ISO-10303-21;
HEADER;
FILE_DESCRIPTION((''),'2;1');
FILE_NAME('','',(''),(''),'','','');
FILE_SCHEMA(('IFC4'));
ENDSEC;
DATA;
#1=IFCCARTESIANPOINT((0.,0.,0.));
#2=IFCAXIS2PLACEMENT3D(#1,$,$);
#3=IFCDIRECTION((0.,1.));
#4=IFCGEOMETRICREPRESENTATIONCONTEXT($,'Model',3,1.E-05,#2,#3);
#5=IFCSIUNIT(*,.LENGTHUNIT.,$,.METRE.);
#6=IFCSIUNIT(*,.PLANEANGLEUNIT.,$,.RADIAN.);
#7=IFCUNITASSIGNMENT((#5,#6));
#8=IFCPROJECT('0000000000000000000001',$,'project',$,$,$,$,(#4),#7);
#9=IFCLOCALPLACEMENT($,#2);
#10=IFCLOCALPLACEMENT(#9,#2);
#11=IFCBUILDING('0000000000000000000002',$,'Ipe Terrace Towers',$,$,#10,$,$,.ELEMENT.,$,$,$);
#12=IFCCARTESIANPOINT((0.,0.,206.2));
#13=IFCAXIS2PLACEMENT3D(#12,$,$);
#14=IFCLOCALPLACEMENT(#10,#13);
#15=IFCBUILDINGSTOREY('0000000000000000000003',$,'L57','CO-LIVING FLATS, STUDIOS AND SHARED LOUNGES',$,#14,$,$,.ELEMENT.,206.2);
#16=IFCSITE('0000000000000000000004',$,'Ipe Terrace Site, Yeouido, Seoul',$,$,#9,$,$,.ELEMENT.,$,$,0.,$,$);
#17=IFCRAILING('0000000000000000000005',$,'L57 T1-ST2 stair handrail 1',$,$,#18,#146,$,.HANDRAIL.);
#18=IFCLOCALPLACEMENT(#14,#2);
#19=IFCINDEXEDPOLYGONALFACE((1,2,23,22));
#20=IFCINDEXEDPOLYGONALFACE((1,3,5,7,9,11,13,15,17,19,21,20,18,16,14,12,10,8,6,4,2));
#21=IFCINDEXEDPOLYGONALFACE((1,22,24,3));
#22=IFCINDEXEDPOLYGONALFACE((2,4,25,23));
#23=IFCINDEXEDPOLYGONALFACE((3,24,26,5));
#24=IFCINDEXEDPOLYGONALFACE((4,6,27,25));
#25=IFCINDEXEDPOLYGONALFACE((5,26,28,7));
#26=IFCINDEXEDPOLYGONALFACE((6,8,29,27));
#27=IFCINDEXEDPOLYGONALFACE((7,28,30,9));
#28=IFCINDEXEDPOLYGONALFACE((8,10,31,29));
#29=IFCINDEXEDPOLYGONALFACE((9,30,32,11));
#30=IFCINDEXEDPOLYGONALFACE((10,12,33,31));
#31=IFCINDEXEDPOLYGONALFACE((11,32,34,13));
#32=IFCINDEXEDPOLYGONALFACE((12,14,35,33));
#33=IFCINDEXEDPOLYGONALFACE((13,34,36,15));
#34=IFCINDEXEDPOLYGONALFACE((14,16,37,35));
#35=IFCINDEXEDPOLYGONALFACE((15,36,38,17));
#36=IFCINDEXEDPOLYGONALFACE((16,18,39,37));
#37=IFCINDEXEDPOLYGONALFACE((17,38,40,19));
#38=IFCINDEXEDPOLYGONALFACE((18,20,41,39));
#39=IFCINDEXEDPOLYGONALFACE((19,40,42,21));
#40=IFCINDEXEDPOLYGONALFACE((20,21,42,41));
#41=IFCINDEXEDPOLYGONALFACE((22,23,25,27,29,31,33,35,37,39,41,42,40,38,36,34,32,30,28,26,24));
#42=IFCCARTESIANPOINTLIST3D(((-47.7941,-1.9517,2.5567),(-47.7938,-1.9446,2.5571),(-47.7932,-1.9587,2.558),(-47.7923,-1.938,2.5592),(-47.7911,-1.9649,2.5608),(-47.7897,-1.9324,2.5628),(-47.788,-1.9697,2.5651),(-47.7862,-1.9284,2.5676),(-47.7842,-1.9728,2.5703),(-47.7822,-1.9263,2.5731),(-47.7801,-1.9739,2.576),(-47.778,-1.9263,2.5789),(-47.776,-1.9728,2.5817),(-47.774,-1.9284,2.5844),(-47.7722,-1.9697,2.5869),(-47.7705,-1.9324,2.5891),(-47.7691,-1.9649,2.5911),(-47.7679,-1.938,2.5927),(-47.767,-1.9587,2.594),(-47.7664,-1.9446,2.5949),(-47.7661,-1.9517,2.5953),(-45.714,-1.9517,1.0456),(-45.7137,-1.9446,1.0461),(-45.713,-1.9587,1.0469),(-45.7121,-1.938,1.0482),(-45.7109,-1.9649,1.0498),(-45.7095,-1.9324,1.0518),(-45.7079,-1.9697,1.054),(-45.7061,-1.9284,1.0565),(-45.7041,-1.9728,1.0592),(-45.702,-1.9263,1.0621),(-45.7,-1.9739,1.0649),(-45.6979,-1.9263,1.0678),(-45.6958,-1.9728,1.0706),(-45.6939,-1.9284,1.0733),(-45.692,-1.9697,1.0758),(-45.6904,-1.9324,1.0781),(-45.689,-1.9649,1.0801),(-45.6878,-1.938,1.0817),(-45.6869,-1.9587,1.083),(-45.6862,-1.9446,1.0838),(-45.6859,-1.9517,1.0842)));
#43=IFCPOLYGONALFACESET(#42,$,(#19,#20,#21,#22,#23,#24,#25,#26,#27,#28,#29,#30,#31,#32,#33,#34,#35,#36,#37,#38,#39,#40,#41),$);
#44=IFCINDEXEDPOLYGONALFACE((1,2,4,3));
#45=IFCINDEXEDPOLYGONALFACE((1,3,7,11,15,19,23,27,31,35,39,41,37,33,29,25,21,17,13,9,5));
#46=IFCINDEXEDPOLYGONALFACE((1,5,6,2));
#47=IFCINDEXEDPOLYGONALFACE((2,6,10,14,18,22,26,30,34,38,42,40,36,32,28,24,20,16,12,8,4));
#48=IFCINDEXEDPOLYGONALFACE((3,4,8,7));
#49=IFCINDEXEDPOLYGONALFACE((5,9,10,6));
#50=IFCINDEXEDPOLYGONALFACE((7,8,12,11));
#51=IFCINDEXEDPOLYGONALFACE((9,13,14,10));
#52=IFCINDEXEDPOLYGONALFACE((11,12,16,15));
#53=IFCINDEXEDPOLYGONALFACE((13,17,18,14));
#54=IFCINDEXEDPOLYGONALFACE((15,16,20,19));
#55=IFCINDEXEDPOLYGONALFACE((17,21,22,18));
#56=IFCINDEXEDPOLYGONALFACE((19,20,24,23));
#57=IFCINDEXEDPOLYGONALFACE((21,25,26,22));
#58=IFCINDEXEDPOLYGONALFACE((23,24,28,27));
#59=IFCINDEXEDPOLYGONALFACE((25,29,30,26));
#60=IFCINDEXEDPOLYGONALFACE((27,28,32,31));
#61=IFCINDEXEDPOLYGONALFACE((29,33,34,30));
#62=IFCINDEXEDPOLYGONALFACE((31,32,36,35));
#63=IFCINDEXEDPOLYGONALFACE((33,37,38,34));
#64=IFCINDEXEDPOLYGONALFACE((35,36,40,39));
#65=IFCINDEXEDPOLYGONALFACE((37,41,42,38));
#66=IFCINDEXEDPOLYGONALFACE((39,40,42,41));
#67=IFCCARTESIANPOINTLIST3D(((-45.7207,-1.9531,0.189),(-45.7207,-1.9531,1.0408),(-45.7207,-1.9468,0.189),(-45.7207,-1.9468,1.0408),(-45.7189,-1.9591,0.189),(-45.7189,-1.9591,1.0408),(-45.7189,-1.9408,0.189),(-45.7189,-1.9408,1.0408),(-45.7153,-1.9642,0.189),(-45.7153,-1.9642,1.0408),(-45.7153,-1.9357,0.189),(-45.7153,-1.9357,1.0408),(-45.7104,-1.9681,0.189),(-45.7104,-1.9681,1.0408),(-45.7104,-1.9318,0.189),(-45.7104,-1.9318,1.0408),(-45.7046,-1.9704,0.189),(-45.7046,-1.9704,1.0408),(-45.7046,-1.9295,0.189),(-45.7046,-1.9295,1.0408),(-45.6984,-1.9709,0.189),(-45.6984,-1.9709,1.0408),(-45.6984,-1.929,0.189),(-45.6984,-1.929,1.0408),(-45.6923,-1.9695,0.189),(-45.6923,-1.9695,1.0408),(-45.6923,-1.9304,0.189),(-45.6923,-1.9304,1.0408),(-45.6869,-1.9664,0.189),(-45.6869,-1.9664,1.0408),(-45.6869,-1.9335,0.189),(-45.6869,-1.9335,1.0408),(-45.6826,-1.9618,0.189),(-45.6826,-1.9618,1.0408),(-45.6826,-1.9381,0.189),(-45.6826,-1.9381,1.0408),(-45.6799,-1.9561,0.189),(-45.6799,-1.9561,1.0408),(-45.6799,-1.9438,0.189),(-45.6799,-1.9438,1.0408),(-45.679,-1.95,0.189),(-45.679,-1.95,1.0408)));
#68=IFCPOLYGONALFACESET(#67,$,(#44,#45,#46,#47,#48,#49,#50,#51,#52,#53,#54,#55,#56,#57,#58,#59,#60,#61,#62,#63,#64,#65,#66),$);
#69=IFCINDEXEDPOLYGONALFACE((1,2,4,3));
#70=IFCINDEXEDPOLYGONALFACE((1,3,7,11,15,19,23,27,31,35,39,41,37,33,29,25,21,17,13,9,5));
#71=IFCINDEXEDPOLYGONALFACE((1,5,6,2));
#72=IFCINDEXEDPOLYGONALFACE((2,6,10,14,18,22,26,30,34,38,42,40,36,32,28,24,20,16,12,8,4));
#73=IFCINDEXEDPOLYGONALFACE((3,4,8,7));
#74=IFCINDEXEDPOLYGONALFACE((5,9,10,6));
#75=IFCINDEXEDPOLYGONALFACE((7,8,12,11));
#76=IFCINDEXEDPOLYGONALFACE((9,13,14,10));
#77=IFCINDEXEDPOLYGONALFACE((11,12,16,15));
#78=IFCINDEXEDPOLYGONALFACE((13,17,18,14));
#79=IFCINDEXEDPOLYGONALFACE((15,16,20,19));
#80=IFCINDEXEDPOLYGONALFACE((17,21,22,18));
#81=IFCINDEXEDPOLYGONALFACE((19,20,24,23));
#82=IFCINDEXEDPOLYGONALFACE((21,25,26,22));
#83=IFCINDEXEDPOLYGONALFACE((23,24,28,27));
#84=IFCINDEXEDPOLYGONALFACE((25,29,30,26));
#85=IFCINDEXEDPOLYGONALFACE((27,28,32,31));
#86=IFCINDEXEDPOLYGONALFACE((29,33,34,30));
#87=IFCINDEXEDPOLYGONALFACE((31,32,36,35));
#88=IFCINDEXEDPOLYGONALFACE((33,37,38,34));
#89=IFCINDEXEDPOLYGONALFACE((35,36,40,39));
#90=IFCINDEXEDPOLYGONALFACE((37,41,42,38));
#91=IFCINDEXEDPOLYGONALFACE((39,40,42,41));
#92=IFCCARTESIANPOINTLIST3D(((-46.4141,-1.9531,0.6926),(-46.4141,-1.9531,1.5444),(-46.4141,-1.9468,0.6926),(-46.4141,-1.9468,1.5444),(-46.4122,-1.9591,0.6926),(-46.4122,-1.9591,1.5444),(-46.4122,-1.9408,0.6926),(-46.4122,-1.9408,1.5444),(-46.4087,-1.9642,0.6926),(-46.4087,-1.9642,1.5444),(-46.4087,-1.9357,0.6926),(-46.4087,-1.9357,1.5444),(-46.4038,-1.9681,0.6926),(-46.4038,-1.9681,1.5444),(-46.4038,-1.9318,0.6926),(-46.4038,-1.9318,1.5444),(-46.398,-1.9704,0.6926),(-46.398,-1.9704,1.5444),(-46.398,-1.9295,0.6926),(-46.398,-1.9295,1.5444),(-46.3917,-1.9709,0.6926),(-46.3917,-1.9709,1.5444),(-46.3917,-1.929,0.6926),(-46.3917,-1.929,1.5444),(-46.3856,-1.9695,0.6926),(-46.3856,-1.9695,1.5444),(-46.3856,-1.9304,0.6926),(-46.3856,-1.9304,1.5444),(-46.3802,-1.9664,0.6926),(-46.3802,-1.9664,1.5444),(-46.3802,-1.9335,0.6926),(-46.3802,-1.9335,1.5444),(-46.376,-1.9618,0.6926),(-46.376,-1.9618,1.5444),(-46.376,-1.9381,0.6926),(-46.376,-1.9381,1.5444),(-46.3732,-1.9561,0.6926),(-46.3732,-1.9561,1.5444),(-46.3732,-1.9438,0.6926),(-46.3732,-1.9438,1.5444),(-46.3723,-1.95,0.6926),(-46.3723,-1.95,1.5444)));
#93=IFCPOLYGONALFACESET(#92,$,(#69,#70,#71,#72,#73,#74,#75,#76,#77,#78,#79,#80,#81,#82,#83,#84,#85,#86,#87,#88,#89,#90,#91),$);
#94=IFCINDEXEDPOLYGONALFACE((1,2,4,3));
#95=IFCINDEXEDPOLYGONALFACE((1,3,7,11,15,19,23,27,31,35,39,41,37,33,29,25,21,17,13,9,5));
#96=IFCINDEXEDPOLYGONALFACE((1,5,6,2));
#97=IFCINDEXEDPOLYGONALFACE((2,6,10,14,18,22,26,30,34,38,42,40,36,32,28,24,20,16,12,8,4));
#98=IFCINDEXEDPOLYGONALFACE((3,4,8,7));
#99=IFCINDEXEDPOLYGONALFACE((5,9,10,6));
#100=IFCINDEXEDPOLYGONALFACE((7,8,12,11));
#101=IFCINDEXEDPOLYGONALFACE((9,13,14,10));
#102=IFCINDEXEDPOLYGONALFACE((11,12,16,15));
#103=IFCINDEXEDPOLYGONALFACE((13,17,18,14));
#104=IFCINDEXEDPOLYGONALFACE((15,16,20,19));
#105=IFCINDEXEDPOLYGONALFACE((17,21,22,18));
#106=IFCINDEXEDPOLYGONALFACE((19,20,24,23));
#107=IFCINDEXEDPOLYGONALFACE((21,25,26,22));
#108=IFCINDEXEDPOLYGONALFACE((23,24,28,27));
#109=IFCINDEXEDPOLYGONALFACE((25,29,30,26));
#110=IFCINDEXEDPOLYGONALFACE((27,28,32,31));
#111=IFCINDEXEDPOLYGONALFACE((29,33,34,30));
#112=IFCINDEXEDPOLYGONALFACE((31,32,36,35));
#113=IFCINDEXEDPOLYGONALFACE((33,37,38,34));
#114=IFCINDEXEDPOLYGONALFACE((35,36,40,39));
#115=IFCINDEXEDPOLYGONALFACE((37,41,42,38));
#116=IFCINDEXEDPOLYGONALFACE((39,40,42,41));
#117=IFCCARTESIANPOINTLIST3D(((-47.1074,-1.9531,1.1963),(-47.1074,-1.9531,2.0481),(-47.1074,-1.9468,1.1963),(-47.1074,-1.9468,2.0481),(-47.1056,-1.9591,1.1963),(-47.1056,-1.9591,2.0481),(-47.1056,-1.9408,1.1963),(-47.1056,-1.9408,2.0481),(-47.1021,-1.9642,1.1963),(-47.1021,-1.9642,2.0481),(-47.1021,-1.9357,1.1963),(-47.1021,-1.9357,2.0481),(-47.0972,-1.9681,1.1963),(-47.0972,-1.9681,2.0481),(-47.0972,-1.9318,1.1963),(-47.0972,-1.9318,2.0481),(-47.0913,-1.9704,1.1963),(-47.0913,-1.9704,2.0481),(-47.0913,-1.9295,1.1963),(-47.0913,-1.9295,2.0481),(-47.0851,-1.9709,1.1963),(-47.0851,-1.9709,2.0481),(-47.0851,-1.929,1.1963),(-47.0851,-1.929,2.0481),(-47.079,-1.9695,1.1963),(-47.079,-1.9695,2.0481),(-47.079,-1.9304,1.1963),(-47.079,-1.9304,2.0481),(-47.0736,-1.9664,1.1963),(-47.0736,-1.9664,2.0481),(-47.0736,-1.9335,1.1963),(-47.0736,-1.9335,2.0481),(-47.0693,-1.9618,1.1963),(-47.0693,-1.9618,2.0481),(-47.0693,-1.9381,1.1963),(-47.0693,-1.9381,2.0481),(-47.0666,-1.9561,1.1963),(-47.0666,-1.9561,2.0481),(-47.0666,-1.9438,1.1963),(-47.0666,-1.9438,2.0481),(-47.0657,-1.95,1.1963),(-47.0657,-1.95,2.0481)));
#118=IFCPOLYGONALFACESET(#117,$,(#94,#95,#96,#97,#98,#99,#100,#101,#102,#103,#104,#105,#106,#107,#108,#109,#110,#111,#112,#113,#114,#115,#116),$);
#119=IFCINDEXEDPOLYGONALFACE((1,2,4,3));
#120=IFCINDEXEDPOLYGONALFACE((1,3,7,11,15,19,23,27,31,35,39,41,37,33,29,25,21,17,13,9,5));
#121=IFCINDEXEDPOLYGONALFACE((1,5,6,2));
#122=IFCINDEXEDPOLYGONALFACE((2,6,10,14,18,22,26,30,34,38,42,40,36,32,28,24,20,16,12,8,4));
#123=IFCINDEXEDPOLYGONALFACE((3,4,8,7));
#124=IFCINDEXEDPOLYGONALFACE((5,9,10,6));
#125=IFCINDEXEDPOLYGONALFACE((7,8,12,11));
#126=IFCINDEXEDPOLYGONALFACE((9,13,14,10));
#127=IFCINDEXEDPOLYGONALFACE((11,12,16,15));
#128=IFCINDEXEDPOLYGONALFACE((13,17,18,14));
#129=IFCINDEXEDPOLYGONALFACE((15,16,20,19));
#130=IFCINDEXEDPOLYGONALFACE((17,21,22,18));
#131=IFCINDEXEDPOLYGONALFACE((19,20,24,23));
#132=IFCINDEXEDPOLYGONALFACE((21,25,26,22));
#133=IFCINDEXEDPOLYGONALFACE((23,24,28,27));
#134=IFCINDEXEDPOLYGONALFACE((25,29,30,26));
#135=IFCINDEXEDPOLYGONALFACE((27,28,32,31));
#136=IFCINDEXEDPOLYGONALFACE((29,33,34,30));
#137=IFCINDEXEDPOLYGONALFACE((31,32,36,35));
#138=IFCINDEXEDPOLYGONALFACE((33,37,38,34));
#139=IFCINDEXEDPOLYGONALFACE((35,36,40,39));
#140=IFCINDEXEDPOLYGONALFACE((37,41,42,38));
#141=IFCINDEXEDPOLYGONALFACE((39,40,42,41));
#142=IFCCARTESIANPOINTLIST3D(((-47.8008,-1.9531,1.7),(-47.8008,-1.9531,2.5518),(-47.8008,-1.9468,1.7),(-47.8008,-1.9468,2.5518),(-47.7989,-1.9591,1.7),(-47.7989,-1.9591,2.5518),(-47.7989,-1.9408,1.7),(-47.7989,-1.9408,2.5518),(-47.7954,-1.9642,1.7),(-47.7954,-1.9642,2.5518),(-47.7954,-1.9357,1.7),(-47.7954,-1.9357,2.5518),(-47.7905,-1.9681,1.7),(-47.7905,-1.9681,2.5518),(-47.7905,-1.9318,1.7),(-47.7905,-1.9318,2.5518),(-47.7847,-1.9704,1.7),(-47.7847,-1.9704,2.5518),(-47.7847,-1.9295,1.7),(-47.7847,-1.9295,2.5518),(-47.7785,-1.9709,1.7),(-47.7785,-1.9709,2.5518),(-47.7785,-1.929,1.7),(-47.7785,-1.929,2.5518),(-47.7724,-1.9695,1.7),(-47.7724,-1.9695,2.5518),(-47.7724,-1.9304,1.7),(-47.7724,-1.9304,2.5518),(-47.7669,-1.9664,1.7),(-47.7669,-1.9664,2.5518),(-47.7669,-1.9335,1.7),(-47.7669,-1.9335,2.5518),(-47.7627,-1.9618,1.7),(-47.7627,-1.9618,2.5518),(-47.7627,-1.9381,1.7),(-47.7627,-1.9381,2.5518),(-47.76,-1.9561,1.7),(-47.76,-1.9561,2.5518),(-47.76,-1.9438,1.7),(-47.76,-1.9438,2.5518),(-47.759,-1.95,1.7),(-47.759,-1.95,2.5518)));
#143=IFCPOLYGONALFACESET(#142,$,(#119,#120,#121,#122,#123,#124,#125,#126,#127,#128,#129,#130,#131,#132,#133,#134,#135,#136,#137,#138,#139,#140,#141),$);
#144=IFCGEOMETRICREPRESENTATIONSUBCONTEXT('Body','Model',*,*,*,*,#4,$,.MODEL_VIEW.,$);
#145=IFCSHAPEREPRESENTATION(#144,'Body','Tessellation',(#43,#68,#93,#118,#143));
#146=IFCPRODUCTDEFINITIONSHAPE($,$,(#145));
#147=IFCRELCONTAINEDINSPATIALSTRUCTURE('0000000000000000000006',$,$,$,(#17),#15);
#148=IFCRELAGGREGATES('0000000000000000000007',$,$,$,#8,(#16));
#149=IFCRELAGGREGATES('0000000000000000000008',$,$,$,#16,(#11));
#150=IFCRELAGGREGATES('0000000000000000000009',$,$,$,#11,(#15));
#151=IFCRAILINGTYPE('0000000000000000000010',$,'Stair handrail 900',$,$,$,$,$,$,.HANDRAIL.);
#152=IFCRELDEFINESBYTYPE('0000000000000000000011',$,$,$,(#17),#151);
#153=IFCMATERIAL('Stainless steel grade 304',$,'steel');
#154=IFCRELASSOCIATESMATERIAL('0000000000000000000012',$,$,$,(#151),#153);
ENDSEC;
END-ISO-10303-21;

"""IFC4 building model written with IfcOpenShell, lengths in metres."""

from ifc_helpers import new_model, si_unit, direction, frame, origin, origin_2d, place, context, subcontext, project, spatial, circle, extrude, material, type_object, element, save


model = new_model("IFC4")

# Units and contexts
model_context = context("Model", 3, precision=1e-05, world=origin(), true_north=direction((0.0, 1.0)))
body_context = subcontext(model_context, "Body", "Model", "MODEL_VIEW")
ifc_project = project(units=[si_unit("LENGTHUNIT", "METRE"), si_unit("PLANEANGLEUNIT", "RADIAN")], contexts=[model_context])

# Site, building, storey
site_placement = place(None, origin())
site = spatial("IfcSite", under=ifc_project, at=site_placement, Name="Ipe Terrace Site, Yeouido, Seoul", CompositionType="ELEMENT", RefElevation=0.0)
building_placement = place(site_placement, origin())
building = spatial("IfcBuilding", under=site, at=building_placement, Name="Ipe Terrace Towers", CompositionType="ELEMENT")
storey_placement = place(building_placement, frame((0.0, 0.0, 206.2)))
storey = spatial("IfcBuildingStorey", under=building, at=storey_placement, Name="L57", Description="CO-LIVING FLATS, STUDIOS AND SHARED LOUNGES", CompositionType="ELEMENT", Elevation=206.2)

# Railing
ifc_material_1 = material(Name="Stainless steel grade 304", Category="steel")
railing_type = type_object("IfcRailingType", Name="Stair handrail 900", PredefinedType="HANDRAIL", material=ifc_material_1)
railing_placement = place(storey_placement, frame((-45.7, -1.95, 0.189)))
element("IfcRailing", 1, at=railing_placement, inside=storey, type_object=railing_type, Name="L57 T1-ST2 stair handrail 1", PredefinedType="HANDRAIL", context=body_context, shape_type="SweptSolid", body=[
    extrude(circle(Radius=0.0239, at=origin_2d()), frame((0.0, 0.0, 0.876), z_axis=(-0.809069, 0.0, 0.587714), x_axis=(0.0, -1.0, 0.0)), (0.0, 0.0, 1.0), 2.571),
    extrude(circle(Radius=0.021, at=origin_2d()), origin(), (0.0, 0.0, 1.0), 0.8518),
    extrude(circle(Radius=0.021, at=origin_2d()), frame((-0.6934, 0.0, 0.5037)), (0.0, 0.0, 1.0), 0.8518),
    extrude(circle(Radius=0.021, at=origin_2d()), frame((-1.3867, 0.0, 1.0073)), (0.0, 0.0, 1.0), 0.8518),
    extrude(circle(Radius=0.021, at=origin_2d()), frame((-2.0801, 0.0, 1.511)), (0.0, 0.0, 1.0), 0.8518),
])

save(model, "model.ifc")
